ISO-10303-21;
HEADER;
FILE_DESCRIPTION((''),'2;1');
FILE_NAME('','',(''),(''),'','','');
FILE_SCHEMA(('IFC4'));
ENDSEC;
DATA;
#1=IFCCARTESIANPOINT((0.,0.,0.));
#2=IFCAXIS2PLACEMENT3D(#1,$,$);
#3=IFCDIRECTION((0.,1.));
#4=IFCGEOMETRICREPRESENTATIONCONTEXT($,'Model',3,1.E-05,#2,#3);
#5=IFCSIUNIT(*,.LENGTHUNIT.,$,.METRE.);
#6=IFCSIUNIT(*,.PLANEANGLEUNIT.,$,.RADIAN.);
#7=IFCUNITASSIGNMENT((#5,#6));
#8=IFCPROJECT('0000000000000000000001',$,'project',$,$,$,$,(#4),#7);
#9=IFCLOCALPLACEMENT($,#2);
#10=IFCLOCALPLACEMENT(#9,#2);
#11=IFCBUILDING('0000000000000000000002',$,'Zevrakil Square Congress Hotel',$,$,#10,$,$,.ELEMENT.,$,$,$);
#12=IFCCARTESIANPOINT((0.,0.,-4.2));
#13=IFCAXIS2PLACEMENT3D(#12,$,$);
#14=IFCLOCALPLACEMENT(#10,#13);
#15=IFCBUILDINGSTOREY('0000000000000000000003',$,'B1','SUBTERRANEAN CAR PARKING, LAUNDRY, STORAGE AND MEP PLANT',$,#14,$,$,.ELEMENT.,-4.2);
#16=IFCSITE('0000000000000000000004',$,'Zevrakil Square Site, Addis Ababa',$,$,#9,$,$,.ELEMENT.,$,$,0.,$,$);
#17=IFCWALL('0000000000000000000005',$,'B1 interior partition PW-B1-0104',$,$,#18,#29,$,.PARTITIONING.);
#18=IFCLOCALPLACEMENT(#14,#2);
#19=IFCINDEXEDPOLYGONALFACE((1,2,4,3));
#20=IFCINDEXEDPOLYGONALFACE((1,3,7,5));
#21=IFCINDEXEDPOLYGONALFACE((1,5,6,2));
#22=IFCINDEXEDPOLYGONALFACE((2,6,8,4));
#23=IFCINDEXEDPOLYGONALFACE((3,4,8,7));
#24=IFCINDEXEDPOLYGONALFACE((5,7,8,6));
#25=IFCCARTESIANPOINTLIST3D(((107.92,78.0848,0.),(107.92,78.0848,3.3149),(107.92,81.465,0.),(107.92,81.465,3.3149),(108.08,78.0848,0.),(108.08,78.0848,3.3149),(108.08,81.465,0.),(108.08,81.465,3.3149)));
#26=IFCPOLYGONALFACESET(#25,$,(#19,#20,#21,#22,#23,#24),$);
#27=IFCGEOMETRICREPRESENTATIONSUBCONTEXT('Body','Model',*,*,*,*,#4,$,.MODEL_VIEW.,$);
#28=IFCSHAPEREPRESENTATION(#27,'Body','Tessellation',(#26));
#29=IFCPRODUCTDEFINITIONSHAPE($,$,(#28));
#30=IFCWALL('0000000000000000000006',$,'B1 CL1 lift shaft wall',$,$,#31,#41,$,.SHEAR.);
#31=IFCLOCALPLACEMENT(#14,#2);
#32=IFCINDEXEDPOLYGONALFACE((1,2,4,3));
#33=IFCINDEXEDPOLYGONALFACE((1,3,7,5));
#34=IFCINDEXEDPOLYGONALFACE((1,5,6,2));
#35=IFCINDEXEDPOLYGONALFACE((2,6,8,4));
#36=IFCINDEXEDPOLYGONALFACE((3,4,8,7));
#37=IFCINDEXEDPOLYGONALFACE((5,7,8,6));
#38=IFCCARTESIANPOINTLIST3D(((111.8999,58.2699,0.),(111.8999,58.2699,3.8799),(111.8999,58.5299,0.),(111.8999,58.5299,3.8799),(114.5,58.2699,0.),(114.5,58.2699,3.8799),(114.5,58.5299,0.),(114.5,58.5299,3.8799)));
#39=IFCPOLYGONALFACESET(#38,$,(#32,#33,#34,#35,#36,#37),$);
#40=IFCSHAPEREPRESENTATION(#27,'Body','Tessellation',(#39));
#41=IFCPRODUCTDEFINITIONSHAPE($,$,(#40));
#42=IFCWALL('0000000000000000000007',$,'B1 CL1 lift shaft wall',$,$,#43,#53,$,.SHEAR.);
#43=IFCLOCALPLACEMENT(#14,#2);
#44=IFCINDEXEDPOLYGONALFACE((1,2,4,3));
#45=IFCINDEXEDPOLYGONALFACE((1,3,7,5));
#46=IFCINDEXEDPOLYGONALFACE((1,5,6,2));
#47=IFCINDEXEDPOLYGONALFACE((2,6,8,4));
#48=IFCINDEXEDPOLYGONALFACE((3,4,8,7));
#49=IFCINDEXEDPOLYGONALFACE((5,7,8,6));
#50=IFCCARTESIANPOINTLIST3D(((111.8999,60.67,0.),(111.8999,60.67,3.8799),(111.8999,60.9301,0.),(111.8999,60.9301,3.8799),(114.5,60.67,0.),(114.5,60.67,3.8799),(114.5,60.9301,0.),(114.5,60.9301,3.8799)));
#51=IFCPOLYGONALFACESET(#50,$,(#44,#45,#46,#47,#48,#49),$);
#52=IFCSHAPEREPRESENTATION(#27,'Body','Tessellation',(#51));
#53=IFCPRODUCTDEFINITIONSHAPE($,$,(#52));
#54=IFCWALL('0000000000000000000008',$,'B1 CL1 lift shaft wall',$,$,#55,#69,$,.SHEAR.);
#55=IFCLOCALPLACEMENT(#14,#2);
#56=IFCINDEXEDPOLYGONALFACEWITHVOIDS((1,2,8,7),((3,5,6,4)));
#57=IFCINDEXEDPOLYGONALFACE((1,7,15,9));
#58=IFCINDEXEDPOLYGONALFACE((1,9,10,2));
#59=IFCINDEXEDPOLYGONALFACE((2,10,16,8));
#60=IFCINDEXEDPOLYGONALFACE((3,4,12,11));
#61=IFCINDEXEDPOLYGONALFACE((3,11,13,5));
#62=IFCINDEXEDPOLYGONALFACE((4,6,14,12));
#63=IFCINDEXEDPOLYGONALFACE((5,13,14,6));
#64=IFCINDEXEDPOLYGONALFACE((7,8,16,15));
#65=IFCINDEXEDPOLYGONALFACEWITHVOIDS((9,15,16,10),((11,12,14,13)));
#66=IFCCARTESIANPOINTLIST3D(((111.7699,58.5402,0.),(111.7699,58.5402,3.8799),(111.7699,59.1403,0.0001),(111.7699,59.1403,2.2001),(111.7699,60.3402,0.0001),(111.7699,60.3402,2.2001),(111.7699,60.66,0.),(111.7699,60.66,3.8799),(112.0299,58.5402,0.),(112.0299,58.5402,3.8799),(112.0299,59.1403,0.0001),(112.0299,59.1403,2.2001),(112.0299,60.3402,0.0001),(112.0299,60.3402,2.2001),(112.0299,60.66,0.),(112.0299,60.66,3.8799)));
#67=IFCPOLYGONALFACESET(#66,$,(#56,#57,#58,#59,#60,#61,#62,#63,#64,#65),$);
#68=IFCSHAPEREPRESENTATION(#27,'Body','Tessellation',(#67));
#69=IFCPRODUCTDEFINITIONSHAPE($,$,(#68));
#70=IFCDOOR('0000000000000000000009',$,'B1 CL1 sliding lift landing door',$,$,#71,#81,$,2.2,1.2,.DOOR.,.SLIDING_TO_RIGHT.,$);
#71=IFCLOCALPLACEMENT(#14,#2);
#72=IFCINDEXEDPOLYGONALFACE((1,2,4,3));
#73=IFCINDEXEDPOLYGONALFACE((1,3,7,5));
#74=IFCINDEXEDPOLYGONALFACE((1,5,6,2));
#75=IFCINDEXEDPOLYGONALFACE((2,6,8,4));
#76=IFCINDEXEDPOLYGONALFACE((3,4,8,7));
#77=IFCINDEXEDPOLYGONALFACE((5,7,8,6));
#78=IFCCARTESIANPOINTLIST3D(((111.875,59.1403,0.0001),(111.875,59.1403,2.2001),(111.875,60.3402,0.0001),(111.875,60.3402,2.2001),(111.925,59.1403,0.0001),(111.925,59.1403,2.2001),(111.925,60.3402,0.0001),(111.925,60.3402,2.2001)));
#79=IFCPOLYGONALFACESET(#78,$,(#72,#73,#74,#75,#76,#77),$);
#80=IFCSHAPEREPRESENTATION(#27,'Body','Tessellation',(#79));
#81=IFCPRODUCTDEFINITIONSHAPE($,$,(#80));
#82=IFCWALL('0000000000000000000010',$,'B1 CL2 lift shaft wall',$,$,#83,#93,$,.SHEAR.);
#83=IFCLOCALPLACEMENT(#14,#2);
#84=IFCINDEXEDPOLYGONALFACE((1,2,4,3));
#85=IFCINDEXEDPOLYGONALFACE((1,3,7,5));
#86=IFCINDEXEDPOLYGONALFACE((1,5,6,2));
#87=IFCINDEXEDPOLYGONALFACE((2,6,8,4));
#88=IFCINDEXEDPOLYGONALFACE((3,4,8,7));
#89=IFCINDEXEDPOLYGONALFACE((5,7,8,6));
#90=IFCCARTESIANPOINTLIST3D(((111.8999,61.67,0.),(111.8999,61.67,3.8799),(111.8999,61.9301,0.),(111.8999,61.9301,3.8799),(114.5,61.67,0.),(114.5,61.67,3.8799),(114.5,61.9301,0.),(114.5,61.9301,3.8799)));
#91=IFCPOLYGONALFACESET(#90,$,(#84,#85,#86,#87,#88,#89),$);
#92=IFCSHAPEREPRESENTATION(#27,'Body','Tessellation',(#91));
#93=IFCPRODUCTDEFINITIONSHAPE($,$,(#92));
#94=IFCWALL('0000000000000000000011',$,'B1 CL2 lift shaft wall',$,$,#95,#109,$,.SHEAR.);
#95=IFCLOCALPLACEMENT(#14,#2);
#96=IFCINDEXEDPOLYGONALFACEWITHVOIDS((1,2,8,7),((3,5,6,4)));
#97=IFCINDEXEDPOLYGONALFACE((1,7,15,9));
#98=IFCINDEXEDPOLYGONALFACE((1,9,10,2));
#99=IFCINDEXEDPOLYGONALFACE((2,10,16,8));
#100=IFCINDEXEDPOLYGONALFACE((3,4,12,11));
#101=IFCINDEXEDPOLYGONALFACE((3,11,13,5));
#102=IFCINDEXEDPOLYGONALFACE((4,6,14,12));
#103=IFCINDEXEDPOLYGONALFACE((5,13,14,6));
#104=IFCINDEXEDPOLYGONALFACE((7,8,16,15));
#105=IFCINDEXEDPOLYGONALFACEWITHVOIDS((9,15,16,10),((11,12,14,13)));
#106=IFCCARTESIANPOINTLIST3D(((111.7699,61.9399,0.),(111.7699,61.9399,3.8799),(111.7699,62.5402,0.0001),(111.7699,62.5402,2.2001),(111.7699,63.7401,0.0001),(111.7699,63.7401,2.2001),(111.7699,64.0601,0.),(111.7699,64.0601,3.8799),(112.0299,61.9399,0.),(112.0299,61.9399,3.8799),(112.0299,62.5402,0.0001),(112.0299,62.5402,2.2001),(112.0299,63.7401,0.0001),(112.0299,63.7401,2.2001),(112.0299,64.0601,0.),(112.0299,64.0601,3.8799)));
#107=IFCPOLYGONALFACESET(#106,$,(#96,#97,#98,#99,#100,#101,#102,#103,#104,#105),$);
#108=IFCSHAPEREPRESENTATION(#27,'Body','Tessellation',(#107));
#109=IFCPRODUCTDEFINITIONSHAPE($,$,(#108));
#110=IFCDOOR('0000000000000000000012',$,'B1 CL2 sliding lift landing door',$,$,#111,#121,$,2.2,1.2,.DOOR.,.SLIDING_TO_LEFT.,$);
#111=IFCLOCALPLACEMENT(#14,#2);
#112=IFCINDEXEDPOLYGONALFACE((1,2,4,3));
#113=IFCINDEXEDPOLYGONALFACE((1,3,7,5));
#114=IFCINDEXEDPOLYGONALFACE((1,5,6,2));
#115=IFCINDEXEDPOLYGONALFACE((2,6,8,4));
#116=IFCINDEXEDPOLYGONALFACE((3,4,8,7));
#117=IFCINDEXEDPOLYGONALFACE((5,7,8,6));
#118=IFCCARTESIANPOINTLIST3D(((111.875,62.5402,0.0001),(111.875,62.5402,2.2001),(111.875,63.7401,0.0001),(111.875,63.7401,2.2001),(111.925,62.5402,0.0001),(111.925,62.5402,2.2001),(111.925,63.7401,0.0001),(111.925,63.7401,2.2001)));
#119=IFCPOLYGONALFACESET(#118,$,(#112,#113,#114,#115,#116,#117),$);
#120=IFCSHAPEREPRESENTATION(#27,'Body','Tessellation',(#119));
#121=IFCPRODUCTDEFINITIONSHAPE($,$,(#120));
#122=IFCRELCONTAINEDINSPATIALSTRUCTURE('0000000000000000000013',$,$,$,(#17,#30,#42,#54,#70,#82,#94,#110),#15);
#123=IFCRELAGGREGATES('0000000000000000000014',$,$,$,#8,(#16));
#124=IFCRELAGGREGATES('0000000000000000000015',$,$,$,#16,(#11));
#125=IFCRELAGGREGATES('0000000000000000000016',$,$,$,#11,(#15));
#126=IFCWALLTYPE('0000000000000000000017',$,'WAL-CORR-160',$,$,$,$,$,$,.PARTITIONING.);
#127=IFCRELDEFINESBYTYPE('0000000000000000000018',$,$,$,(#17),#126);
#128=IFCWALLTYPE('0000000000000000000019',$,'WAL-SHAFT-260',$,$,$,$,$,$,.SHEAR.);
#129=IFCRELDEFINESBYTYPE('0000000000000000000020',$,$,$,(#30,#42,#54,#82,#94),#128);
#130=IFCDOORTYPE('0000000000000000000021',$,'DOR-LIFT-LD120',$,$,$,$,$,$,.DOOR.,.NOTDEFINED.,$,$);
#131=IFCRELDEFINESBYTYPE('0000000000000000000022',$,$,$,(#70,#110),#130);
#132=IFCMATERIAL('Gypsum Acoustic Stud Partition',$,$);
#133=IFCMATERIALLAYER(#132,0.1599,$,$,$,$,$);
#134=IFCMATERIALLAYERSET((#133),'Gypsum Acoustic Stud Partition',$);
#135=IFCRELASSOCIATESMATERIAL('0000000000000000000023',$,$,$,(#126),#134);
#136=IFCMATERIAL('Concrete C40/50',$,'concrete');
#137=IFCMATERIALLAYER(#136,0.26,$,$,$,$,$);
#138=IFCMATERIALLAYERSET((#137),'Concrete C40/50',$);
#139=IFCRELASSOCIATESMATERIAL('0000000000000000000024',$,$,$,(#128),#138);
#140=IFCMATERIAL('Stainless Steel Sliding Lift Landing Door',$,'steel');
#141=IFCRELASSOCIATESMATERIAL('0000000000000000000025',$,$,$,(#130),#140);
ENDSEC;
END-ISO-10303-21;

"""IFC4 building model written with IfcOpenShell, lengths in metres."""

from ifc_helpers import new_model, si_unit, direction, frame, frame_2d, origin, place, context, subcontext, project, spatial, rectangle, extrude, material, layer, layer_set, type_object, element, fill, save


model = new_model("IFC4")

# Units and contexts
model_context = context("Model", 3, precision=1e-05, world=origin(), true_north=direction((0.0, 1.0)))
body_context = subcontext(model_context, "Body", "Model", "MODEL_VIEW")
ifc_project = project(units=[si_unit("LENGTHUNIT", "METRE"), si_unit("PLANEANGLEUNIT", "RADIAN")], contexts=[model_context])

# Site, building, storey
site_placement = place(None, origin())
site = spatial("IfcSite", under=ifc_project, at=site_placement, Name="Zevrakil Square Site, Addis Ababa", CompositionType="ELEMENT", RefElevation=0.0)
building_placement = place(site_placement, origin())
building = spatial("IfcBuilding", under=site, at=building_placement, Name="Zevrakil Square Congress Hotel", CompositionType="ELEMENT")
storey_placement = place(building_placement, frame((0.0, 0.0, -4.2)))
storey = spatial("IfcBuildingStorey", under=building, at=storey_placement, Name="B1", Description="SUBTERRANEAN CAR PARKING, LAUNDRY, STORAGE AND MEP PLANT", CompositionType="ELEMENT", Elevation=-4.2)

# Shared definitions
ifc_material_1 = material(Name="Gypsum Acoustic Stud Partition")
ifc_layer_1 = layer(ifc_material_1, 0.1599)
ifc_layer_set_1 = layer_set([ifc_layer_1], Name="Gypsum Acoustic Stud Partition")
wall_type_1 = type_object("IfcWallType", Name="WAL-CORR-160", PredefinedType="PARTITIONING", material=ifc_layer_set_1)

# Walls
wall_1_placement = place(storey_placement, frame((108.0, 78.085, 0.0), z_axis=(0.0, 0.0, 1.0), x_axis=(0.0, 1.0, 0.0)))
element("IfcWall", 1, at=wall_1_placement, inside=storey, type_object=wall_type_1, Name="B1 interior partition PW-B1-0104", PredefinedType="PARTITIONING", context=body_context, shape_type="SweptSolid", body=[
    extrude(rectangle(XDim=3.3801, YDim=0.1599, at=frame_2d((1.6899, 0.0))), origin(), (0.0, 0.0, 1.0), 3.3149),
])
ifc_material_2 = material(Name="Concrete C40/50", Category="concrete")
ifc_layer_2 = layer(ifc_material_2, 0.26)
ifc_layer_set_2 = layer_set([ifc_layer_2], Name="Concrete C40/50")
wall_type_2 = type_object("IfcWallType", Name="WAL-SHAFT-260", PredefinedType="SHEAR", material=ifc_layer_set_2)
for number, where, z_axis, x_axis, name in (
    (2, (111.8999, 58.3999, 0.0), (0.0, 0.0, 1.0), (1.0, 0.0, 0.0), "B1 CL1 lift shaft wall"),
    (3, (111.8999, 60.8, 0.0), (0.0, 0.0, 1.0), (1.0, 0.0, 0.0), "B1 CL1 lift shaft wall"),
):
    element("IfcWall", number, at=place(storey_placement, frame(where, z_axis=z_axis, x_axis=x_axis)), inside=storey, type_object=wall_type_2, Name=name, PredefinedType="SHEAR", context=body_context, shape_type="SweptSolid", body=[
        extrude(rectangle(XDim=2.6001, YDim=0.26, at=frame_2d((1.3, 0.0))), origin(), (0.0, 0.0, 1.0), 3.8799),
    ])

# Wall, opening, door
wall_2_placement = place(storey_placement, frame((111.8999, 58.54, 0.0), z_axis=(0.0, 0.0, 1.0), x_axis=(0.0, 1.0, 0.0)))
wall_2 = element("IfcWall", 4, at=wall_2_placement, inside=storey, type_object=wall_type_2, Name="B1 CL1 lift shaft wall", PredefinedType="SHEAR", context=body_context, shape_type="SweptSolid", body=[
    extrude(rectangle(XDim=2.1199, YDim=0.26, at=frame_2d((1.0601, 0.0))), origin(), (0.0, 0.0, 1.0), 3.8799),
])
opening_1_placement = place(wall_2_placement, frame((0.6001, 0.0, 0.0)))
opening_1 = element("IfcOpeningElement", 5, at=opening_1_placement, cuts=wall_2, PredefinedType="OPENING", context=body_context, shape_type="SweptSolid", body=[
    extrude(rectangle(XDim=1.2, YDim=2.2, at=frame_2d((0.6001, 1.1001))), frame((0.0, 0.1401, 0.0), z_axis=(0.0, -1.0, 0.0), x_axis=(1.0, 0.0, 0.0)), (0.0, 0.0, 1.0), 0.28),
])
ifc_material_3 = material(Name="Stainless Steel Sliding Lift Landing Door", Category="steel")
door_type_1 = type_object("IfcDoorType", Name="DOR-LIFT-LD120", OperationType="NOTDEFINED", PredefinedType="DOOR", material=ifc_material_3)
door_1_placement = place(opening_1_placement, origin())
door_1 = element("IfcDoor", 6, at=door_1_placement, inside=storey, type_object=door_type_1, Name="B1 CL1 sliding lift landing door", OperationType="SLIDING_TO_RIGHT", OverallHeight=2.2, OverallWidth=1.2, PredefinedType="DOOR", context=body_context, shape_type="SweptSolid", body=[
    extrude(rectangle(XDim=1.2, YDim=2.2, at=frame_2d((0.6001, 1.1001))), frame((0.0, 0.0249, 0.0), z_axis=(0.0, -1.0, 0.0), x_axis=(1.0, 0.0, 0.0)), (0.0, 0.0, 1.0), 0.05),
])
fill(opening_1, door_1)

# Wall
wall_3_placement = place(storey_placement, frame((111.8999, 61.8, 0.0), z_axis=(0.0, 0.0, 1.0), x_axis=(1.0, 0.0, 0.0)))
element("IfcWall", 7, at=wall_3_placement, inside=storey, type_object=wall_type_2, Name="B1 CL2 lift shaft wall", PredefinedType="SHEAR", context=body_context, shape_type="SweptSolid", body=[
    extrude(rectangle(XDim=2.6001, YDim=0.26, at=frame_2d((1.3, 0.0))), origin(), (0.0, 0.0, 1.0), 3.8799),
])

# Wall, opening, door
wall_4_placement = place(storey_placement, frame((111.8999, 61.9399, 0.0), z_axis=(0.0, 0.0, 1.0), x_axis=(0.0, 1.0, 0.0)))
wall_4 = element("IfcWall", 8, at=wall_4_placement, inside=storey, type_object=wall_type_2, Name="B1 CL2 lift shaft wall", PredefinedType="SHEAR", context=body_context, shape_type="SweptSolid", body=[
    extrude(rectangle(XDim=2.1201, YDim=0.26, at=frame_2d((1.0601, 0.0))), origin(), (0.0, 0.0, 1.0), 3.8799),
])
opening_2_placement = place(wall_4_placement, frame((0.6001, 0.0, 0.0)))
opening_2 = element("IfcOpeningElement", 9, at=opening_2_placement, cuts=wall_4, PredefinedType="OPENING", context=body_context, shape_type="SweptSolid", body=[
    extrude(rectangle(XDim=1.2, YDim=2.2, at=frame_2d((0.6001, 1.1001))), frame((0.0, 0.1401, 0.0), z_axis=(0.0, -1.0, 0.0), x_axis=(1.0, 0.0, 0.0)), (0.0, 0.0, 1.0), 0.28),
])
door_2_placement = place(opening_2_placement, origin())
door_2 = element("IfcDoor", 10, at=door_2_placement, inside=storey, type_object=door_type_1, Name="B1 CL2 sliding lift landing door", OperationType="SLIDING_TO_LEFT", OverallHeight=2.2, OverallWidth=1.2, PredefinedType="DOOR", context=body_context, shape_type="SweptSolid", body=[
    extrude(rectangle(XDim=1.2, YDim=2.2, at=frame_2d((0.6001, 1.1001))), frame((0.0, 0.0249, 0.0), z_axis=(0.0, -1.0, 0.0), x_axis=(1.0, 0.0, 0.0)), (0.0, 0.0, 1.0), 0.05),
])
fill(opening_2, door_2)

save(model, "model.ifc")
